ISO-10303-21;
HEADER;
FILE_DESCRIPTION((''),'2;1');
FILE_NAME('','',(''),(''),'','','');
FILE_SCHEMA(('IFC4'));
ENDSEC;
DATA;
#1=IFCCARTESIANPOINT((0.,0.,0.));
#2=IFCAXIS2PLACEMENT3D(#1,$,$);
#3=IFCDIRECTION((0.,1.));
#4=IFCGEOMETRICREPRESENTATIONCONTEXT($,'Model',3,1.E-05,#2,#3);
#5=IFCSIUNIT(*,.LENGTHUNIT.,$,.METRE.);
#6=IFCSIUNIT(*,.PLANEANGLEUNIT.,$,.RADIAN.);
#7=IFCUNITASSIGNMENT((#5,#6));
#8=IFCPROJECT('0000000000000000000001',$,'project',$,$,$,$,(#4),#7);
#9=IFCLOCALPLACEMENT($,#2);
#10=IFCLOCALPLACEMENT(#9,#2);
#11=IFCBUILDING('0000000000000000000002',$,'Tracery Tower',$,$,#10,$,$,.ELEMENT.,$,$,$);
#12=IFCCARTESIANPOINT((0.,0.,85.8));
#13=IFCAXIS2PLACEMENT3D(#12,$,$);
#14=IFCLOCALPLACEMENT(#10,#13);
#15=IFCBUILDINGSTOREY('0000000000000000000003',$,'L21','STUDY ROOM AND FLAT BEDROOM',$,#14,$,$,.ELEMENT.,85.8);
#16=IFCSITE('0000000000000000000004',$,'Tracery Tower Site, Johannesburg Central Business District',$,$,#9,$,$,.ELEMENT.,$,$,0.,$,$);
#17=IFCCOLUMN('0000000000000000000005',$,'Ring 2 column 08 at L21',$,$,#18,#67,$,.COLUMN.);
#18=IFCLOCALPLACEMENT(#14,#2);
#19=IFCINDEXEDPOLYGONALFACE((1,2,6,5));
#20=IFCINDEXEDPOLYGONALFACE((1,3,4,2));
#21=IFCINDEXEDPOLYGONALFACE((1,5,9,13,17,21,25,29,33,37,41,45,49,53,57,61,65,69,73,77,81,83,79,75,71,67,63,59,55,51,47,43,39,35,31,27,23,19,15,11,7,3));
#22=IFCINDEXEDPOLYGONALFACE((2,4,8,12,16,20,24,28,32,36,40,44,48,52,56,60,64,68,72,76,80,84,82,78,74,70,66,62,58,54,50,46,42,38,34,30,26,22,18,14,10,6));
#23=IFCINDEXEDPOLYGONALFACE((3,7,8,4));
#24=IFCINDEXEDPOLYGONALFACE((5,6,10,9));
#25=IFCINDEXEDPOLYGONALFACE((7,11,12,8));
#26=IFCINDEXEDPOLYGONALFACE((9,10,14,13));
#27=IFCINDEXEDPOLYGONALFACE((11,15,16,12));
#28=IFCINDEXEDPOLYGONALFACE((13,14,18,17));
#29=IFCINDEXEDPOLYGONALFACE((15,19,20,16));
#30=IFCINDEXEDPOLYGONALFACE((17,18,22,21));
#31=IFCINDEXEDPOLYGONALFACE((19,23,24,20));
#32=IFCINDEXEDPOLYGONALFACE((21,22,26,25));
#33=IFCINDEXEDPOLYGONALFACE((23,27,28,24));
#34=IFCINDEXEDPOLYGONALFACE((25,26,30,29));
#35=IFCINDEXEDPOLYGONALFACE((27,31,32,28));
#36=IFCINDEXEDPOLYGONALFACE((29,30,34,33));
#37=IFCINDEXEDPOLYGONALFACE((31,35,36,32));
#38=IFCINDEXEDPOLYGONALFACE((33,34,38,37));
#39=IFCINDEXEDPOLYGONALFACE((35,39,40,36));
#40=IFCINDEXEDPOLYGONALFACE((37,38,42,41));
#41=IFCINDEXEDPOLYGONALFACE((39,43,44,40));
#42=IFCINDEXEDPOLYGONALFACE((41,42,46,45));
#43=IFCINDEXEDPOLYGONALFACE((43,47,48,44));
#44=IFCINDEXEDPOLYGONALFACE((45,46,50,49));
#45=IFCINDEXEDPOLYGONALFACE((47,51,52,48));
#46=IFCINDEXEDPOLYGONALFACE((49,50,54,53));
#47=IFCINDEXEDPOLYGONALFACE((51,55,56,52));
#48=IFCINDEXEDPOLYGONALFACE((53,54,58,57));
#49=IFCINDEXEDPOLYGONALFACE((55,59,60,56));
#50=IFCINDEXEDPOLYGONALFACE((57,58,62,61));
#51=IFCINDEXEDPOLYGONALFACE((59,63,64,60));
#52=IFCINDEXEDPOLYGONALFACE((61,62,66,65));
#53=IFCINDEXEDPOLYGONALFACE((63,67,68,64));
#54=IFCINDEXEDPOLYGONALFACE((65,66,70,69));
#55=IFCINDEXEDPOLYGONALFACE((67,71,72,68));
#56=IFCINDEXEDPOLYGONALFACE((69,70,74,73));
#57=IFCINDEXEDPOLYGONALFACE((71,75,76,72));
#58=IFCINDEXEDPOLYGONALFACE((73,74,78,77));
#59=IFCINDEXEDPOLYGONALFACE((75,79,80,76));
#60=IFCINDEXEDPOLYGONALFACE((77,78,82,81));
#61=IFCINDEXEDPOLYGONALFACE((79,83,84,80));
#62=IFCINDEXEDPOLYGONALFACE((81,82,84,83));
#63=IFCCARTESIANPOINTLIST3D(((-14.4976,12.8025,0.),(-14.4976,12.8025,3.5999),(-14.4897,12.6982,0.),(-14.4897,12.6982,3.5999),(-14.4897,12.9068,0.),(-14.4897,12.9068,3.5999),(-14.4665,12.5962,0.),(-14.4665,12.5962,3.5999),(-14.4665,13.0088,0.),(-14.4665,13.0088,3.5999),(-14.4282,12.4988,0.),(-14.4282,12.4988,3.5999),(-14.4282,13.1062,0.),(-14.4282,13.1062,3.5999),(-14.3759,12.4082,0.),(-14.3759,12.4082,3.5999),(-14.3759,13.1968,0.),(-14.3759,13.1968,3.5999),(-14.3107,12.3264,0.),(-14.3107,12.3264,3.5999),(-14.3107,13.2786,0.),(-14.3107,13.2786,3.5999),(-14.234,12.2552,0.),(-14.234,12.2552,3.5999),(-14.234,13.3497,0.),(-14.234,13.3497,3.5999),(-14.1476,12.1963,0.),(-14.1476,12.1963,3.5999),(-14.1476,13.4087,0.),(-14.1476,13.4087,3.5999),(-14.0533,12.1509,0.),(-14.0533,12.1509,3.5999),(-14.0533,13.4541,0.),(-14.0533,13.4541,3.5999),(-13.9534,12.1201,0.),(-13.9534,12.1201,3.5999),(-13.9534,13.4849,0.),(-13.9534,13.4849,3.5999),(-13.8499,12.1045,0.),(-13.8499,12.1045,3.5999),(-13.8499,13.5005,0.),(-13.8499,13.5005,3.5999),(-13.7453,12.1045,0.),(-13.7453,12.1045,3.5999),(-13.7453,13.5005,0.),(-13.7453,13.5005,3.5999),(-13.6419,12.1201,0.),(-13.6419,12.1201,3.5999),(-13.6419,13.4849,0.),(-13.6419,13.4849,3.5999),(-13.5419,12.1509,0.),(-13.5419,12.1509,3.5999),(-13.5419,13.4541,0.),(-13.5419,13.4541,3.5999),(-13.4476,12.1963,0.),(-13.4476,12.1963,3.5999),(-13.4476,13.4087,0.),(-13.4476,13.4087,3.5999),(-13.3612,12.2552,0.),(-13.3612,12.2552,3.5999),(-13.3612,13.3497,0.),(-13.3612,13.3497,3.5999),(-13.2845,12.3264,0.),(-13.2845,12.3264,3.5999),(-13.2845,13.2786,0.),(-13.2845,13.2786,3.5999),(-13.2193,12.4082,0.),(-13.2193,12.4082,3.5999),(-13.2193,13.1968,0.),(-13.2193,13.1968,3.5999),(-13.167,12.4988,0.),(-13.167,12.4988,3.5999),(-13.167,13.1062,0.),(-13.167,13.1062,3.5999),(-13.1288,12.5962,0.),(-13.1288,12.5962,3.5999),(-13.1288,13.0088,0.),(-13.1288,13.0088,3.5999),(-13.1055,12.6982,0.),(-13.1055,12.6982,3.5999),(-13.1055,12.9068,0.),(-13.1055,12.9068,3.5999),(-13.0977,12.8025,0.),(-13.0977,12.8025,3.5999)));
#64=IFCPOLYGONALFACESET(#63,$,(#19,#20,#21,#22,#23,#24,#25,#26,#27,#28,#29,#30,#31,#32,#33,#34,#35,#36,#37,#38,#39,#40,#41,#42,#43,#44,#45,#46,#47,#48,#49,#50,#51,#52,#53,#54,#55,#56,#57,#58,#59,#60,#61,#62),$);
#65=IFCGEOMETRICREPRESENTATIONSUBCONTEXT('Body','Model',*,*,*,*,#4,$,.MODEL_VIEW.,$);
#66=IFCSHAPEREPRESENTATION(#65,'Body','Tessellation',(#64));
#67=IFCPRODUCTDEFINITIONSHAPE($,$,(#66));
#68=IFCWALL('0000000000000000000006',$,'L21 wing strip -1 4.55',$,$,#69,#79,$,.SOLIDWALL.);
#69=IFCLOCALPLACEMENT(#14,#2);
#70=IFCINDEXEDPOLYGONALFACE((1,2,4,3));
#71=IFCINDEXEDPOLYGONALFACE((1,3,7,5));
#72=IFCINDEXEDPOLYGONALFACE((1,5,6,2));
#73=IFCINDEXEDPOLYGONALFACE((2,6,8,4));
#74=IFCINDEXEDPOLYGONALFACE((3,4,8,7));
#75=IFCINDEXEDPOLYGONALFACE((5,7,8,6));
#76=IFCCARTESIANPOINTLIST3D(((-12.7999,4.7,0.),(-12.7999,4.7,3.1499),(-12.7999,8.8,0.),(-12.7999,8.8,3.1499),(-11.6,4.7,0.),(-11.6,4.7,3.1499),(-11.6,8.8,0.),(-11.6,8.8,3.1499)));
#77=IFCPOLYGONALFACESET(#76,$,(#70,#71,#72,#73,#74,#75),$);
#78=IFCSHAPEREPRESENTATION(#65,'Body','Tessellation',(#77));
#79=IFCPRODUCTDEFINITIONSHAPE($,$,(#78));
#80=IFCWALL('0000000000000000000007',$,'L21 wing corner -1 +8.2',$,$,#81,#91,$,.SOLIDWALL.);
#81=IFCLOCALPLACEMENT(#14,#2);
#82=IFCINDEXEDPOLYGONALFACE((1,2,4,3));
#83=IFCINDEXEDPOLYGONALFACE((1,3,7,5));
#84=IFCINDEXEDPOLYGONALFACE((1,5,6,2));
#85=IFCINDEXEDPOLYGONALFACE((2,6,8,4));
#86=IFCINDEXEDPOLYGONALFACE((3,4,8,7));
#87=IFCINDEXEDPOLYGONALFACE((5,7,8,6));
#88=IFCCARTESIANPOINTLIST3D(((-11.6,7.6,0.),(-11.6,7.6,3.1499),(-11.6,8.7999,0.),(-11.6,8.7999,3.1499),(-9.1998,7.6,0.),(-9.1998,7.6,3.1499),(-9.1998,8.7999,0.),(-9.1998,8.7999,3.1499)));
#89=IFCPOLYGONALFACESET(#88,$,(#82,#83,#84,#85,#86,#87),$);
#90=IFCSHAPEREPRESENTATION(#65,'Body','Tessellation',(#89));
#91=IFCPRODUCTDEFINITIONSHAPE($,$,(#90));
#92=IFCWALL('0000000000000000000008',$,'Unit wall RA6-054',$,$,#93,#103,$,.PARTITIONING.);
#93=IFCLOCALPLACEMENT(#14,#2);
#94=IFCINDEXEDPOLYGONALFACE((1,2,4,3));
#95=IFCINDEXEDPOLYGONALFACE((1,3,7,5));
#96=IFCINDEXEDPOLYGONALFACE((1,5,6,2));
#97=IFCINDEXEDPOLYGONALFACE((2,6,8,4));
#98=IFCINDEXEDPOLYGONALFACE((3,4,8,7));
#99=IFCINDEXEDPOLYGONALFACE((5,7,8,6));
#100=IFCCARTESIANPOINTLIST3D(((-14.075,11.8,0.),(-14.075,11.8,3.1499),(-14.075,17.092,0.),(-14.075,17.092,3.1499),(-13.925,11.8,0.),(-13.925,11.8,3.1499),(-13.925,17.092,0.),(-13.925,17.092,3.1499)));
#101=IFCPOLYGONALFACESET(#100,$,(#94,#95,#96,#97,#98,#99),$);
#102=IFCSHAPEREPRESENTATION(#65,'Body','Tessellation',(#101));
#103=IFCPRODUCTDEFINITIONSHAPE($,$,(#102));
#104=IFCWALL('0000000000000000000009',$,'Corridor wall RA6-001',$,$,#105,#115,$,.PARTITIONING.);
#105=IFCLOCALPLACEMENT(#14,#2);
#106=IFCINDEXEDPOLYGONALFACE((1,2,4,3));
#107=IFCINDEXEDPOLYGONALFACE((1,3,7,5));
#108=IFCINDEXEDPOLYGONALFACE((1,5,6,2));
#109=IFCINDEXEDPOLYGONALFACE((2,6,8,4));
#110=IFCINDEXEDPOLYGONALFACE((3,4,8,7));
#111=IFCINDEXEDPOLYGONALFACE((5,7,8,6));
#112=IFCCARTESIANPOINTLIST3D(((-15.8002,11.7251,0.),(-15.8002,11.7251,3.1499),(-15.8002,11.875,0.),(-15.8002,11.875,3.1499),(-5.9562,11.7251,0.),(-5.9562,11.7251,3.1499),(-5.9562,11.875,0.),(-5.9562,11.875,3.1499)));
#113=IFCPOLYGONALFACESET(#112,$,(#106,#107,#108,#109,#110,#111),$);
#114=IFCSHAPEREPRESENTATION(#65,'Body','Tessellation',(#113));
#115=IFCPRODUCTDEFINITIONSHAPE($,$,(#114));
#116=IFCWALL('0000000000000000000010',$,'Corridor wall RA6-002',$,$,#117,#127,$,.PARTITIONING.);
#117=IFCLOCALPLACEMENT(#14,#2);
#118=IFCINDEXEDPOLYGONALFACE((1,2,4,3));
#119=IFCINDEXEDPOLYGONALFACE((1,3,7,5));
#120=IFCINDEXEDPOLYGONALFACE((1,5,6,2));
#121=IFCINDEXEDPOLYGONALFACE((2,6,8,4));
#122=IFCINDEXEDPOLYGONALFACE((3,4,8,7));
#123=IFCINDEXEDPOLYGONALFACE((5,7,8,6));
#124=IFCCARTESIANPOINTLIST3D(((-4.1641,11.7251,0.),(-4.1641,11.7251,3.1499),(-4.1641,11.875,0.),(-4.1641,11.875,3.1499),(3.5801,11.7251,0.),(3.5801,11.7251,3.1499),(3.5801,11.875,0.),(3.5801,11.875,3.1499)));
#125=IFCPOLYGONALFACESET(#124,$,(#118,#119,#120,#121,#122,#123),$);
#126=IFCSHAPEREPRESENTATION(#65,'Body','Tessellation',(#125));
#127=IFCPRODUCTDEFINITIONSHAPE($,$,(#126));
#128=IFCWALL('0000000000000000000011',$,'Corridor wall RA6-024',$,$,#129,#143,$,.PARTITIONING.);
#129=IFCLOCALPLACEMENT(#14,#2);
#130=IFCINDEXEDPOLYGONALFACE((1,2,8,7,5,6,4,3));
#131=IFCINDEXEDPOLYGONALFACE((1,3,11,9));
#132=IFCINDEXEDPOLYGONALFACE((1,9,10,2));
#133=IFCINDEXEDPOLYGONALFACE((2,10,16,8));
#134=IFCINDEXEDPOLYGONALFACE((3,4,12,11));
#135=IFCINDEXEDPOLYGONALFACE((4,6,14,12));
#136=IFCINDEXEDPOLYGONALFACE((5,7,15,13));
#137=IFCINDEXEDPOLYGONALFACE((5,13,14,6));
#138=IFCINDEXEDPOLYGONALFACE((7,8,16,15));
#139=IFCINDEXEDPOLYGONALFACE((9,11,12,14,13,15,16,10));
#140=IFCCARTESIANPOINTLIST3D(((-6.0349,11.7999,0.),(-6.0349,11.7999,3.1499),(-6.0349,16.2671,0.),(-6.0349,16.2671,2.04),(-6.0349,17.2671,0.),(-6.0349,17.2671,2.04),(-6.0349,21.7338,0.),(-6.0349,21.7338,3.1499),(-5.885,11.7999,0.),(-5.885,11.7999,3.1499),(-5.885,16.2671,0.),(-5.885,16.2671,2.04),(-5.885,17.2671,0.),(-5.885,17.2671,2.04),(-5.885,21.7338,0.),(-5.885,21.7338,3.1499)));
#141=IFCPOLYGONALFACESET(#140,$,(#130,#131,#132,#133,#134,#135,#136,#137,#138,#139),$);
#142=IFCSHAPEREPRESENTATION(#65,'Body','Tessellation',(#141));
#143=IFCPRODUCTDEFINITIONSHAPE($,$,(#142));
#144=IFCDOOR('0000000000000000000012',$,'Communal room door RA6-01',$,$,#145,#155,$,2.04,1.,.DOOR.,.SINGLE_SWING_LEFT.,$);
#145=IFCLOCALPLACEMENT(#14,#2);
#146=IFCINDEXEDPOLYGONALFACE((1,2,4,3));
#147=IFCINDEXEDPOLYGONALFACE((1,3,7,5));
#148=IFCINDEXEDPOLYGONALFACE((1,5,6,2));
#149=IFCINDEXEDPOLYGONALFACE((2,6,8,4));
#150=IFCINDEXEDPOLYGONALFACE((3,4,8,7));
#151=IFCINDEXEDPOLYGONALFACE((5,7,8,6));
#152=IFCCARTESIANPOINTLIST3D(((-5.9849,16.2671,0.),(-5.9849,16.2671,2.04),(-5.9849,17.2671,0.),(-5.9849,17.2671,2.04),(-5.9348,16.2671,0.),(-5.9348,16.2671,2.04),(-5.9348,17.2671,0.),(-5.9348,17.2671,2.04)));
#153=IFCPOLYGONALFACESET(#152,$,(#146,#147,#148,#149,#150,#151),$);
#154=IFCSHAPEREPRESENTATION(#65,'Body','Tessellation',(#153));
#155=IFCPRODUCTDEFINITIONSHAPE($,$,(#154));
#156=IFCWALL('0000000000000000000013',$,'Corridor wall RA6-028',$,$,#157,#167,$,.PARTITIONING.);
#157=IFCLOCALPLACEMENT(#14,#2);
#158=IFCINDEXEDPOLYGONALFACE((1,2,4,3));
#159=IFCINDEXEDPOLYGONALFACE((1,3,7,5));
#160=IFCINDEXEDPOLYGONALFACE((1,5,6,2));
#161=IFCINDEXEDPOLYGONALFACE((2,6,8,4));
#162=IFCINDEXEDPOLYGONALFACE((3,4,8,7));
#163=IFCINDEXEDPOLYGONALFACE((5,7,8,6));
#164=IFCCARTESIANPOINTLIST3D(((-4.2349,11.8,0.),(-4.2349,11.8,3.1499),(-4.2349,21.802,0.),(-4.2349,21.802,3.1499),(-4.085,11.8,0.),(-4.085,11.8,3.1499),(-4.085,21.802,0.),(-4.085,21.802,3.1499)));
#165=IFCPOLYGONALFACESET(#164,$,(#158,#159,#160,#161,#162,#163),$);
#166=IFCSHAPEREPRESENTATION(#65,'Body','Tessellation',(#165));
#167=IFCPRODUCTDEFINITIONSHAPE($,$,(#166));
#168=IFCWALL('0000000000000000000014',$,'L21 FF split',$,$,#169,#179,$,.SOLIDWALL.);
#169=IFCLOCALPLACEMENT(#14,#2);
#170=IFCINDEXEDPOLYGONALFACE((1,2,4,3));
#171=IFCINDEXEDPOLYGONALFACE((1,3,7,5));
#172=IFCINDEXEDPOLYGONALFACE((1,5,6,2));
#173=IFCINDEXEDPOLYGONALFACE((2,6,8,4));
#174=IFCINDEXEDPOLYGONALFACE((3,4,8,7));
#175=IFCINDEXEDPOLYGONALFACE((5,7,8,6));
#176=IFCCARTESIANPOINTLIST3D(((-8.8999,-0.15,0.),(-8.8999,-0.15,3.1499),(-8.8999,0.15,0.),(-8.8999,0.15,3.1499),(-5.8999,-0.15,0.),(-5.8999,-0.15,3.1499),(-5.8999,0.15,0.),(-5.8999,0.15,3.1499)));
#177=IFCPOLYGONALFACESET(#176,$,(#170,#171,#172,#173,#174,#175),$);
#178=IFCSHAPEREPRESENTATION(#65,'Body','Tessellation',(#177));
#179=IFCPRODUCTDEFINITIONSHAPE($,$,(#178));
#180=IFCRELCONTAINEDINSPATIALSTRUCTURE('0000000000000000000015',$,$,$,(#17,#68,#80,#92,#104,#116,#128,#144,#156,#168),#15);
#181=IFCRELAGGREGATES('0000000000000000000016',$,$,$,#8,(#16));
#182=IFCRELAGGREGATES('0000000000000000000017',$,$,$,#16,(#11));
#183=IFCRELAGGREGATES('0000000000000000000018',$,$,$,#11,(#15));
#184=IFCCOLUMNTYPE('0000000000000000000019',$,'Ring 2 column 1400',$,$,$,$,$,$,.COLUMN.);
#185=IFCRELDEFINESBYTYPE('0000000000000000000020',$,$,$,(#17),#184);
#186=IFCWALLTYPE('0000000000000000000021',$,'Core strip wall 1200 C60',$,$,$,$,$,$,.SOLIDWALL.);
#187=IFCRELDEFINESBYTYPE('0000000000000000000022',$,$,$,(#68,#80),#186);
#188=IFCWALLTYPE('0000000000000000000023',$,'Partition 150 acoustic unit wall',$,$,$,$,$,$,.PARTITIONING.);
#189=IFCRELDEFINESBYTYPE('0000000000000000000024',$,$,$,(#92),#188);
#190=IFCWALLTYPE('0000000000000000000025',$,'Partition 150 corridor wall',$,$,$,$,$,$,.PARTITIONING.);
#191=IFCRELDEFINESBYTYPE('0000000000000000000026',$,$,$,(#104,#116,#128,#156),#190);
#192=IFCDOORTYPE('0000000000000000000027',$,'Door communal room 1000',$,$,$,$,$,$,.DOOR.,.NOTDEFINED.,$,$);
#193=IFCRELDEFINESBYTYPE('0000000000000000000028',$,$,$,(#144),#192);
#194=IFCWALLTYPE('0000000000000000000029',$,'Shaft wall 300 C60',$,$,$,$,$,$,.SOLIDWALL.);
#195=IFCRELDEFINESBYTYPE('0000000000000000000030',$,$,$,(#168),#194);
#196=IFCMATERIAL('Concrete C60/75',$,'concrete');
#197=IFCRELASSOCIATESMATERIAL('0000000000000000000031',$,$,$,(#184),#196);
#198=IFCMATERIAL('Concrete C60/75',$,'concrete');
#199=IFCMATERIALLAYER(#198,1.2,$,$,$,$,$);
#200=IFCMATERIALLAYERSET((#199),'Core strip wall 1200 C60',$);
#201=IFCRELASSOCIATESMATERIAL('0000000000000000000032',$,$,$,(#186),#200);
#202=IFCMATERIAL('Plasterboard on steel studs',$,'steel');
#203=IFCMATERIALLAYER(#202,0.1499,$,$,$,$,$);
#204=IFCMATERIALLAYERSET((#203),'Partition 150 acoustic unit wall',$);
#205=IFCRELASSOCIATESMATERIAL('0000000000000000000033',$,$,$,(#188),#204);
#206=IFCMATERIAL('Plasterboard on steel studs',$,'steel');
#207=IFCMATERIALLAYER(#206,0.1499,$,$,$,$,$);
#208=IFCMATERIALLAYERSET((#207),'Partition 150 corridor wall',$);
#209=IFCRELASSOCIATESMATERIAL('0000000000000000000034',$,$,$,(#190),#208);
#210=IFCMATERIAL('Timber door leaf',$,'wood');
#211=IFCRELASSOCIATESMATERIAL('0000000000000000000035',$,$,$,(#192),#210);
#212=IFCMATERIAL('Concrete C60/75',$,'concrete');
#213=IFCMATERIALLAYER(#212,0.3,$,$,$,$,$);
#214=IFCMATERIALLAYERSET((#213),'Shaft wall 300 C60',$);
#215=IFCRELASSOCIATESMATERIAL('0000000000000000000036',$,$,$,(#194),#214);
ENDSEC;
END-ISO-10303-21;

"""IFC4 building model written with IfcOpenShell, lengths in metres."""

from ifc_helpers import new_model, si_unit, direction, frame, frame_2d, origin, origin_2d, place, context, subcontext, project, spatial, rectangle, circle, extrude, material, layer, layer_set, material_profile, profile_set, type_object, element, fill, save


model = new_model("IFC4")

# Units and contexts
model_context = context("Model", 3, precision=1e-05, world=origin(), true_north=direction((0.0, 1.0)))
body_context = subcontext(model_context, "Body", "Model", "MODEL_VIEW")
ifc_project = project(units=[si_unit("LENGTHUNIT", "METRE"), si_unit("PLANEANGLEUNIT", "RADIAN")], contexts=[model_context])

# Site, building, storey
site_placement = place(None, origin())
site = spatial("IfcSite", under=ifc_project, at=site_placement, Name="Tracery Tower Site, Johannesburg Central Business District", CompositionType="ELEMENT", RefElevation=0.0)
building_placement = place(site_placement, origin())
building = spatial("IfcBuilding", under=site, at=building_placement, Name="Tracery Tower", CompositionType="ELEMENT")
storey_placement = place(building_placement, frame((0.0, 0.0, 85.8)))
storey = spatial("IfcBuildingStorey", under=building, at=storey_placement, Name="L21", Description="STUDY ROOM AND FLAT BEDROOM", CompositionType="ELEMENT", Elevation=85.8)

# Column
ifc_material_1 = material(Name="Concrete C60/75", Category="concrete")
ifc_material_profile = material_profile(ifc_material_1, circle(Radius=0.7, at=origin_2d()), Name="RC D1400")
ifc_profile_set = profile_set([ifc_material_profile], Name="Concrete C60/75")
column_type = type_object("IfcColumnType", Name="Ring 2 column 1400", PredefinedType="COLUMN", material=ifc_profile_set)
column_placement = place(storey_placement, frame((-13.7976, 12.8025, 0.0), z_axis=(0.0, 0.0, 1.0), x_axis=(1.0, 0.0, 0.0)))
element("IfcColumn", 1, at=column_placement, inside=storey, type_object=column_type, Name="Ring 2 column 08 at L21", PredefinedType="COLUMN", context=body_context, shape_type="SweptSolid", body=[
    extrude(circle(Radius=0.7, at=origin_2d()), origin(), (0.0, 0.0, 1.0), 3.5999),
])

# Walls
ifc_material_2 = material(Name="Concrete C60/75", Category="concrete")
ifc_layer_1 = layer(ifc_material_2, 1.2)
ifc_layer_set_1 = layer_set([ifc_layer_1], Name="Core strip wall 1200 C60")
wall_type_1 = type_object("IfcWallType", Name="Core strip wall 1200 C60", PredefinedType="SOLIDWALL", material=ifc_layer_set_1)
wall_1_placement = place(storey_placement, frame((-12.2, 4.7, 0.0), z_axis=(0.0, 0.0, 1.0), x_axis=(0.0, 1.0, 0.0)))
element("IfcWall", 2, at=wall_1_placement, inside=storey, type_object=wall_type_1, Name="L21 wing strip -1 4.55", PredefinedType="SOLIDWALL", context=body_context, shape_type="SweptSolid", body=[
    extrude(rectangle(XDim=4.1001, YDim=1.2, at=frame_2d((2.05, 0.0))), origin(), (0.0, 0.0, 1.0), 3.1499),
])
wall_2_placement = place(storey_placement, frame((-11.6001, 8.2, 0.0), z_axis=(0.0, 0.0, 1.0), x_axis=(1.0, 0.0, 0.0)))
element("IfcWall", 3, at=wall_2_placement, inside=storey, type_object=wall_type_1, Name="L21 wing corner -1 +8.2", PredefinedType="SOLIDWALL", context=body_context, shape_type="SweptSolid", body=[
    extrude(rectangle(XDim=2.4001, YDim=1.2, at=frame_2d((1.2002, 0.0))), origin(), (0.0, 0.0, 1.0), 3.1499),
])

# Walls
ifc_material_3 = material(Name="Plasterboard on steel studs", Category="steel")
ifc_layer_2 = layer(ifc_material_3, 0.1499)
ifc_layer_set_2 = layer_set([ifc_layer_2], Name="Partition 150 acoustic unit wall")
wall_type_2 = type_object("IfcWallType", Name="Partition 150 acoustic unit wall", PredefinedType="PARTITIONING", material=ifc_layer_set_2)
wall_3_placement = place(storey_placement, frame((-14.0, 11.8, 0.0), z_axis=(0.0, 0.0, 1.0), x_axis=(0.0, 1.0, 0.0)))
element("IfcWall", 4, at=wall_3_placement, inside=storey, type_object=wall_type_2, Name="Unit wall RA6-054", PredefinedType="PARTITIONING", context=body_context, shape_type="SweptSolid", body=[
    extrude(rectangle(XDim=5.292, YDim=0.1499, at=frame_2d((2.646, 0.0))), origin(), (0.0, 0.0, 1.0), 3.1499),
])
ifc_material_4 = material(Name="Plasterboard on steel studs", Category="steel")
ifc_layer_3 = layer(ifc_material_4, 0.1499)
ifc_layer_set_3 = layer_set([ifc_layer_3], Name="Partition 150 corridor wall")
wall_type_3 = type_object("IfcWallType", Name="Partition 150 corridor wall", PredefinedType="PARTITIONING", material=ifc_layer_set_3)
wall_4_placement = place(storey_placement, frame((-15.8, 11.8, 0.0), z_axis=(0.0, 0.0, 1.0), x_axis=(1.0, 0.0, 0.0)))
element("IfcWall", 5, at=wall_4_placement, inside=storey, type_object=wall_type_3, Name="Corridor wall RA6-001", PredefinedType="PARTITIONING", context=body_context, shape_type="SweptSolid", body=[
    extrude(rectangle(XDim=9.844, YDim=0.1499, at=frame_2d((4.9219, 0.0))), origin(), (0.0, 0.0, 1.0), 3.1499),
])
wall_5_placement = place(storey_placement, frame((-4.1641, 11.8, 0.0), z_axis=(0.0, 0.0, 1.0), x_axis=(1.0, 0.0, 0.0)))
element("IfcWall", 6, at=wall_5_placement, inside=storey, type_object=wall_type_3, Name="Corridor wall RA6-002", PredefinedType="PARTITIONING", context=body_context, shape_type="SweptSolid", body=[
    extrude(rectangle(XDim=7.7441, YDim=0.1499, at=frame_2d((3.8721, 0.0))), origin(), (0.0, 0.0, 1.0), 3.1499),
])

# Wall, opening, door
wall_6_placement = place(storey_placement, frame((-5.96, 11.8, 0.0), z_axis=(0.0, 0.0, 1.0), x_axis=(0.0, 1.0, 0.0)))
wall_6 = element("IfcWall", 7, at=wall_6_placement, inside=storey, type_object=wall_type_3, Name="Corridor wall RA6-024", PredefinedType="PARTITIONING", context=body_context, shape_type="SweptSolid", body=[
    extrude(rectangle(XDim=9.9338, YDim=0.1499, at=frame_2d((4.9668, 0.0))), origin(), (0.0, 0.0, 1.0), 3.1499),
])
opening_1_placement = place(wall_6_placement, frame((4.467, 0.0, 0.0)))
opening_1 = element("IfcOpeningElement", 8, at=opening_1_placement, cuts=wall_6, PredefinedType="OPENING", context=body_context, shape_type="SweptSolid", body=[
    extrude(rectangle(XDim=1.0, YDim=2.04, at=frame_2d((0.5, 1.02))), frame((0.0, 0.075, 0.0), z_axis=(0.0, -1.0, 0.0), x_axis=(1.0, 0.0, 0.0)), (0.0, 0.0, 1.0), 0.1499),
])
ifc_material_5 = material(Name="Timber door leaf", Category="wood")
door_type_1 = type_object("IfcDoorType", Name="Door communal room 1000", OperationType="NOTDEFINED", PredefinedType="DOOR", material=ifc_material_5)
door_1_placement = place(opening_1_placement, origin())
door_1 = element("IfcDoor", 9, at=door_1_placement, inside=storey, type_object=door_type_1, Name="Communal room door RA6-01", OperationType="SINGLE_SWING_LEFT", OverallHeight=2.04, OverallWidth=1.0, PredefinedType="DOOR", context=body_context, shape_type="SweptSolid", body=[
    extrude(rectangle(XDim=1.0, YDim=2.04, at=frame_2d((0.5, 1.02))), frame((0.0, 0.0249, 0.0), z_axis=(0.0, -1.0, 0.0), x_axis=(1.0, 0.0, 0.0)), (0.0, 0.0, 1.0), 0.05),
])
fill(opening_1, door_1)

# Walls
wall_7_placement = place(storey_placement, frame((-4.1599, 11.8, 0.0), z_axis=(0.0, 0.0, 1.0), x_axis=(0.0, 1.0, 0.0)))
element("IfcWall", 10, at=wall_7_placement, inside=storey, type_object=wall_type_3, Name="Corridor wall RA6-028", PredefinedType="PARTITIONING", context=body_context, shape_type="SweptSolid", body=[
    extrude(rectangle(XDim=10.002, YDim=0.1499, at=frame_2d((5.001, 0.0))), origin(), (0.0, 0.0, 1.0), 3.1499),
])
ifc_material_6 = material(Name="Concrete C60/75", Category="concrete")
ifc_layer_4 = layer(ifc_material_6, 0.3)
ifc_layer_set_4 = layer_set([ifc_layer_4], Name="Shaft wall 300 C60")
wall_type_4 = type_object("IfcWallType", Name="Shaft wall 300 C60", PredefinedType="SOLIDWALL", material=ifc_layer_set_4)
wall_8_placement = place(storey_placement, frame((-8.8999, 0.0, 0.0), z_axis=(0.0, 0.0, 1.0), x_axis=(1.0, 0.0, 0.0)))
element("IfcWall", 11, at=wall_8_placement, inside=storey, type_object=wall_type_4, Name="L21 FF split", PredefinedType="SOLIDWALL", context=body_context, shape_type="SweptSolid", body=[
    extrude(rectangle(XDim=3.0, YDim=0.3, at=frame_2d((1.5, 0.0))), origin(), (0.0, 0.0, 1.0), 3.1499),
])

save(model, "model.ifc")
